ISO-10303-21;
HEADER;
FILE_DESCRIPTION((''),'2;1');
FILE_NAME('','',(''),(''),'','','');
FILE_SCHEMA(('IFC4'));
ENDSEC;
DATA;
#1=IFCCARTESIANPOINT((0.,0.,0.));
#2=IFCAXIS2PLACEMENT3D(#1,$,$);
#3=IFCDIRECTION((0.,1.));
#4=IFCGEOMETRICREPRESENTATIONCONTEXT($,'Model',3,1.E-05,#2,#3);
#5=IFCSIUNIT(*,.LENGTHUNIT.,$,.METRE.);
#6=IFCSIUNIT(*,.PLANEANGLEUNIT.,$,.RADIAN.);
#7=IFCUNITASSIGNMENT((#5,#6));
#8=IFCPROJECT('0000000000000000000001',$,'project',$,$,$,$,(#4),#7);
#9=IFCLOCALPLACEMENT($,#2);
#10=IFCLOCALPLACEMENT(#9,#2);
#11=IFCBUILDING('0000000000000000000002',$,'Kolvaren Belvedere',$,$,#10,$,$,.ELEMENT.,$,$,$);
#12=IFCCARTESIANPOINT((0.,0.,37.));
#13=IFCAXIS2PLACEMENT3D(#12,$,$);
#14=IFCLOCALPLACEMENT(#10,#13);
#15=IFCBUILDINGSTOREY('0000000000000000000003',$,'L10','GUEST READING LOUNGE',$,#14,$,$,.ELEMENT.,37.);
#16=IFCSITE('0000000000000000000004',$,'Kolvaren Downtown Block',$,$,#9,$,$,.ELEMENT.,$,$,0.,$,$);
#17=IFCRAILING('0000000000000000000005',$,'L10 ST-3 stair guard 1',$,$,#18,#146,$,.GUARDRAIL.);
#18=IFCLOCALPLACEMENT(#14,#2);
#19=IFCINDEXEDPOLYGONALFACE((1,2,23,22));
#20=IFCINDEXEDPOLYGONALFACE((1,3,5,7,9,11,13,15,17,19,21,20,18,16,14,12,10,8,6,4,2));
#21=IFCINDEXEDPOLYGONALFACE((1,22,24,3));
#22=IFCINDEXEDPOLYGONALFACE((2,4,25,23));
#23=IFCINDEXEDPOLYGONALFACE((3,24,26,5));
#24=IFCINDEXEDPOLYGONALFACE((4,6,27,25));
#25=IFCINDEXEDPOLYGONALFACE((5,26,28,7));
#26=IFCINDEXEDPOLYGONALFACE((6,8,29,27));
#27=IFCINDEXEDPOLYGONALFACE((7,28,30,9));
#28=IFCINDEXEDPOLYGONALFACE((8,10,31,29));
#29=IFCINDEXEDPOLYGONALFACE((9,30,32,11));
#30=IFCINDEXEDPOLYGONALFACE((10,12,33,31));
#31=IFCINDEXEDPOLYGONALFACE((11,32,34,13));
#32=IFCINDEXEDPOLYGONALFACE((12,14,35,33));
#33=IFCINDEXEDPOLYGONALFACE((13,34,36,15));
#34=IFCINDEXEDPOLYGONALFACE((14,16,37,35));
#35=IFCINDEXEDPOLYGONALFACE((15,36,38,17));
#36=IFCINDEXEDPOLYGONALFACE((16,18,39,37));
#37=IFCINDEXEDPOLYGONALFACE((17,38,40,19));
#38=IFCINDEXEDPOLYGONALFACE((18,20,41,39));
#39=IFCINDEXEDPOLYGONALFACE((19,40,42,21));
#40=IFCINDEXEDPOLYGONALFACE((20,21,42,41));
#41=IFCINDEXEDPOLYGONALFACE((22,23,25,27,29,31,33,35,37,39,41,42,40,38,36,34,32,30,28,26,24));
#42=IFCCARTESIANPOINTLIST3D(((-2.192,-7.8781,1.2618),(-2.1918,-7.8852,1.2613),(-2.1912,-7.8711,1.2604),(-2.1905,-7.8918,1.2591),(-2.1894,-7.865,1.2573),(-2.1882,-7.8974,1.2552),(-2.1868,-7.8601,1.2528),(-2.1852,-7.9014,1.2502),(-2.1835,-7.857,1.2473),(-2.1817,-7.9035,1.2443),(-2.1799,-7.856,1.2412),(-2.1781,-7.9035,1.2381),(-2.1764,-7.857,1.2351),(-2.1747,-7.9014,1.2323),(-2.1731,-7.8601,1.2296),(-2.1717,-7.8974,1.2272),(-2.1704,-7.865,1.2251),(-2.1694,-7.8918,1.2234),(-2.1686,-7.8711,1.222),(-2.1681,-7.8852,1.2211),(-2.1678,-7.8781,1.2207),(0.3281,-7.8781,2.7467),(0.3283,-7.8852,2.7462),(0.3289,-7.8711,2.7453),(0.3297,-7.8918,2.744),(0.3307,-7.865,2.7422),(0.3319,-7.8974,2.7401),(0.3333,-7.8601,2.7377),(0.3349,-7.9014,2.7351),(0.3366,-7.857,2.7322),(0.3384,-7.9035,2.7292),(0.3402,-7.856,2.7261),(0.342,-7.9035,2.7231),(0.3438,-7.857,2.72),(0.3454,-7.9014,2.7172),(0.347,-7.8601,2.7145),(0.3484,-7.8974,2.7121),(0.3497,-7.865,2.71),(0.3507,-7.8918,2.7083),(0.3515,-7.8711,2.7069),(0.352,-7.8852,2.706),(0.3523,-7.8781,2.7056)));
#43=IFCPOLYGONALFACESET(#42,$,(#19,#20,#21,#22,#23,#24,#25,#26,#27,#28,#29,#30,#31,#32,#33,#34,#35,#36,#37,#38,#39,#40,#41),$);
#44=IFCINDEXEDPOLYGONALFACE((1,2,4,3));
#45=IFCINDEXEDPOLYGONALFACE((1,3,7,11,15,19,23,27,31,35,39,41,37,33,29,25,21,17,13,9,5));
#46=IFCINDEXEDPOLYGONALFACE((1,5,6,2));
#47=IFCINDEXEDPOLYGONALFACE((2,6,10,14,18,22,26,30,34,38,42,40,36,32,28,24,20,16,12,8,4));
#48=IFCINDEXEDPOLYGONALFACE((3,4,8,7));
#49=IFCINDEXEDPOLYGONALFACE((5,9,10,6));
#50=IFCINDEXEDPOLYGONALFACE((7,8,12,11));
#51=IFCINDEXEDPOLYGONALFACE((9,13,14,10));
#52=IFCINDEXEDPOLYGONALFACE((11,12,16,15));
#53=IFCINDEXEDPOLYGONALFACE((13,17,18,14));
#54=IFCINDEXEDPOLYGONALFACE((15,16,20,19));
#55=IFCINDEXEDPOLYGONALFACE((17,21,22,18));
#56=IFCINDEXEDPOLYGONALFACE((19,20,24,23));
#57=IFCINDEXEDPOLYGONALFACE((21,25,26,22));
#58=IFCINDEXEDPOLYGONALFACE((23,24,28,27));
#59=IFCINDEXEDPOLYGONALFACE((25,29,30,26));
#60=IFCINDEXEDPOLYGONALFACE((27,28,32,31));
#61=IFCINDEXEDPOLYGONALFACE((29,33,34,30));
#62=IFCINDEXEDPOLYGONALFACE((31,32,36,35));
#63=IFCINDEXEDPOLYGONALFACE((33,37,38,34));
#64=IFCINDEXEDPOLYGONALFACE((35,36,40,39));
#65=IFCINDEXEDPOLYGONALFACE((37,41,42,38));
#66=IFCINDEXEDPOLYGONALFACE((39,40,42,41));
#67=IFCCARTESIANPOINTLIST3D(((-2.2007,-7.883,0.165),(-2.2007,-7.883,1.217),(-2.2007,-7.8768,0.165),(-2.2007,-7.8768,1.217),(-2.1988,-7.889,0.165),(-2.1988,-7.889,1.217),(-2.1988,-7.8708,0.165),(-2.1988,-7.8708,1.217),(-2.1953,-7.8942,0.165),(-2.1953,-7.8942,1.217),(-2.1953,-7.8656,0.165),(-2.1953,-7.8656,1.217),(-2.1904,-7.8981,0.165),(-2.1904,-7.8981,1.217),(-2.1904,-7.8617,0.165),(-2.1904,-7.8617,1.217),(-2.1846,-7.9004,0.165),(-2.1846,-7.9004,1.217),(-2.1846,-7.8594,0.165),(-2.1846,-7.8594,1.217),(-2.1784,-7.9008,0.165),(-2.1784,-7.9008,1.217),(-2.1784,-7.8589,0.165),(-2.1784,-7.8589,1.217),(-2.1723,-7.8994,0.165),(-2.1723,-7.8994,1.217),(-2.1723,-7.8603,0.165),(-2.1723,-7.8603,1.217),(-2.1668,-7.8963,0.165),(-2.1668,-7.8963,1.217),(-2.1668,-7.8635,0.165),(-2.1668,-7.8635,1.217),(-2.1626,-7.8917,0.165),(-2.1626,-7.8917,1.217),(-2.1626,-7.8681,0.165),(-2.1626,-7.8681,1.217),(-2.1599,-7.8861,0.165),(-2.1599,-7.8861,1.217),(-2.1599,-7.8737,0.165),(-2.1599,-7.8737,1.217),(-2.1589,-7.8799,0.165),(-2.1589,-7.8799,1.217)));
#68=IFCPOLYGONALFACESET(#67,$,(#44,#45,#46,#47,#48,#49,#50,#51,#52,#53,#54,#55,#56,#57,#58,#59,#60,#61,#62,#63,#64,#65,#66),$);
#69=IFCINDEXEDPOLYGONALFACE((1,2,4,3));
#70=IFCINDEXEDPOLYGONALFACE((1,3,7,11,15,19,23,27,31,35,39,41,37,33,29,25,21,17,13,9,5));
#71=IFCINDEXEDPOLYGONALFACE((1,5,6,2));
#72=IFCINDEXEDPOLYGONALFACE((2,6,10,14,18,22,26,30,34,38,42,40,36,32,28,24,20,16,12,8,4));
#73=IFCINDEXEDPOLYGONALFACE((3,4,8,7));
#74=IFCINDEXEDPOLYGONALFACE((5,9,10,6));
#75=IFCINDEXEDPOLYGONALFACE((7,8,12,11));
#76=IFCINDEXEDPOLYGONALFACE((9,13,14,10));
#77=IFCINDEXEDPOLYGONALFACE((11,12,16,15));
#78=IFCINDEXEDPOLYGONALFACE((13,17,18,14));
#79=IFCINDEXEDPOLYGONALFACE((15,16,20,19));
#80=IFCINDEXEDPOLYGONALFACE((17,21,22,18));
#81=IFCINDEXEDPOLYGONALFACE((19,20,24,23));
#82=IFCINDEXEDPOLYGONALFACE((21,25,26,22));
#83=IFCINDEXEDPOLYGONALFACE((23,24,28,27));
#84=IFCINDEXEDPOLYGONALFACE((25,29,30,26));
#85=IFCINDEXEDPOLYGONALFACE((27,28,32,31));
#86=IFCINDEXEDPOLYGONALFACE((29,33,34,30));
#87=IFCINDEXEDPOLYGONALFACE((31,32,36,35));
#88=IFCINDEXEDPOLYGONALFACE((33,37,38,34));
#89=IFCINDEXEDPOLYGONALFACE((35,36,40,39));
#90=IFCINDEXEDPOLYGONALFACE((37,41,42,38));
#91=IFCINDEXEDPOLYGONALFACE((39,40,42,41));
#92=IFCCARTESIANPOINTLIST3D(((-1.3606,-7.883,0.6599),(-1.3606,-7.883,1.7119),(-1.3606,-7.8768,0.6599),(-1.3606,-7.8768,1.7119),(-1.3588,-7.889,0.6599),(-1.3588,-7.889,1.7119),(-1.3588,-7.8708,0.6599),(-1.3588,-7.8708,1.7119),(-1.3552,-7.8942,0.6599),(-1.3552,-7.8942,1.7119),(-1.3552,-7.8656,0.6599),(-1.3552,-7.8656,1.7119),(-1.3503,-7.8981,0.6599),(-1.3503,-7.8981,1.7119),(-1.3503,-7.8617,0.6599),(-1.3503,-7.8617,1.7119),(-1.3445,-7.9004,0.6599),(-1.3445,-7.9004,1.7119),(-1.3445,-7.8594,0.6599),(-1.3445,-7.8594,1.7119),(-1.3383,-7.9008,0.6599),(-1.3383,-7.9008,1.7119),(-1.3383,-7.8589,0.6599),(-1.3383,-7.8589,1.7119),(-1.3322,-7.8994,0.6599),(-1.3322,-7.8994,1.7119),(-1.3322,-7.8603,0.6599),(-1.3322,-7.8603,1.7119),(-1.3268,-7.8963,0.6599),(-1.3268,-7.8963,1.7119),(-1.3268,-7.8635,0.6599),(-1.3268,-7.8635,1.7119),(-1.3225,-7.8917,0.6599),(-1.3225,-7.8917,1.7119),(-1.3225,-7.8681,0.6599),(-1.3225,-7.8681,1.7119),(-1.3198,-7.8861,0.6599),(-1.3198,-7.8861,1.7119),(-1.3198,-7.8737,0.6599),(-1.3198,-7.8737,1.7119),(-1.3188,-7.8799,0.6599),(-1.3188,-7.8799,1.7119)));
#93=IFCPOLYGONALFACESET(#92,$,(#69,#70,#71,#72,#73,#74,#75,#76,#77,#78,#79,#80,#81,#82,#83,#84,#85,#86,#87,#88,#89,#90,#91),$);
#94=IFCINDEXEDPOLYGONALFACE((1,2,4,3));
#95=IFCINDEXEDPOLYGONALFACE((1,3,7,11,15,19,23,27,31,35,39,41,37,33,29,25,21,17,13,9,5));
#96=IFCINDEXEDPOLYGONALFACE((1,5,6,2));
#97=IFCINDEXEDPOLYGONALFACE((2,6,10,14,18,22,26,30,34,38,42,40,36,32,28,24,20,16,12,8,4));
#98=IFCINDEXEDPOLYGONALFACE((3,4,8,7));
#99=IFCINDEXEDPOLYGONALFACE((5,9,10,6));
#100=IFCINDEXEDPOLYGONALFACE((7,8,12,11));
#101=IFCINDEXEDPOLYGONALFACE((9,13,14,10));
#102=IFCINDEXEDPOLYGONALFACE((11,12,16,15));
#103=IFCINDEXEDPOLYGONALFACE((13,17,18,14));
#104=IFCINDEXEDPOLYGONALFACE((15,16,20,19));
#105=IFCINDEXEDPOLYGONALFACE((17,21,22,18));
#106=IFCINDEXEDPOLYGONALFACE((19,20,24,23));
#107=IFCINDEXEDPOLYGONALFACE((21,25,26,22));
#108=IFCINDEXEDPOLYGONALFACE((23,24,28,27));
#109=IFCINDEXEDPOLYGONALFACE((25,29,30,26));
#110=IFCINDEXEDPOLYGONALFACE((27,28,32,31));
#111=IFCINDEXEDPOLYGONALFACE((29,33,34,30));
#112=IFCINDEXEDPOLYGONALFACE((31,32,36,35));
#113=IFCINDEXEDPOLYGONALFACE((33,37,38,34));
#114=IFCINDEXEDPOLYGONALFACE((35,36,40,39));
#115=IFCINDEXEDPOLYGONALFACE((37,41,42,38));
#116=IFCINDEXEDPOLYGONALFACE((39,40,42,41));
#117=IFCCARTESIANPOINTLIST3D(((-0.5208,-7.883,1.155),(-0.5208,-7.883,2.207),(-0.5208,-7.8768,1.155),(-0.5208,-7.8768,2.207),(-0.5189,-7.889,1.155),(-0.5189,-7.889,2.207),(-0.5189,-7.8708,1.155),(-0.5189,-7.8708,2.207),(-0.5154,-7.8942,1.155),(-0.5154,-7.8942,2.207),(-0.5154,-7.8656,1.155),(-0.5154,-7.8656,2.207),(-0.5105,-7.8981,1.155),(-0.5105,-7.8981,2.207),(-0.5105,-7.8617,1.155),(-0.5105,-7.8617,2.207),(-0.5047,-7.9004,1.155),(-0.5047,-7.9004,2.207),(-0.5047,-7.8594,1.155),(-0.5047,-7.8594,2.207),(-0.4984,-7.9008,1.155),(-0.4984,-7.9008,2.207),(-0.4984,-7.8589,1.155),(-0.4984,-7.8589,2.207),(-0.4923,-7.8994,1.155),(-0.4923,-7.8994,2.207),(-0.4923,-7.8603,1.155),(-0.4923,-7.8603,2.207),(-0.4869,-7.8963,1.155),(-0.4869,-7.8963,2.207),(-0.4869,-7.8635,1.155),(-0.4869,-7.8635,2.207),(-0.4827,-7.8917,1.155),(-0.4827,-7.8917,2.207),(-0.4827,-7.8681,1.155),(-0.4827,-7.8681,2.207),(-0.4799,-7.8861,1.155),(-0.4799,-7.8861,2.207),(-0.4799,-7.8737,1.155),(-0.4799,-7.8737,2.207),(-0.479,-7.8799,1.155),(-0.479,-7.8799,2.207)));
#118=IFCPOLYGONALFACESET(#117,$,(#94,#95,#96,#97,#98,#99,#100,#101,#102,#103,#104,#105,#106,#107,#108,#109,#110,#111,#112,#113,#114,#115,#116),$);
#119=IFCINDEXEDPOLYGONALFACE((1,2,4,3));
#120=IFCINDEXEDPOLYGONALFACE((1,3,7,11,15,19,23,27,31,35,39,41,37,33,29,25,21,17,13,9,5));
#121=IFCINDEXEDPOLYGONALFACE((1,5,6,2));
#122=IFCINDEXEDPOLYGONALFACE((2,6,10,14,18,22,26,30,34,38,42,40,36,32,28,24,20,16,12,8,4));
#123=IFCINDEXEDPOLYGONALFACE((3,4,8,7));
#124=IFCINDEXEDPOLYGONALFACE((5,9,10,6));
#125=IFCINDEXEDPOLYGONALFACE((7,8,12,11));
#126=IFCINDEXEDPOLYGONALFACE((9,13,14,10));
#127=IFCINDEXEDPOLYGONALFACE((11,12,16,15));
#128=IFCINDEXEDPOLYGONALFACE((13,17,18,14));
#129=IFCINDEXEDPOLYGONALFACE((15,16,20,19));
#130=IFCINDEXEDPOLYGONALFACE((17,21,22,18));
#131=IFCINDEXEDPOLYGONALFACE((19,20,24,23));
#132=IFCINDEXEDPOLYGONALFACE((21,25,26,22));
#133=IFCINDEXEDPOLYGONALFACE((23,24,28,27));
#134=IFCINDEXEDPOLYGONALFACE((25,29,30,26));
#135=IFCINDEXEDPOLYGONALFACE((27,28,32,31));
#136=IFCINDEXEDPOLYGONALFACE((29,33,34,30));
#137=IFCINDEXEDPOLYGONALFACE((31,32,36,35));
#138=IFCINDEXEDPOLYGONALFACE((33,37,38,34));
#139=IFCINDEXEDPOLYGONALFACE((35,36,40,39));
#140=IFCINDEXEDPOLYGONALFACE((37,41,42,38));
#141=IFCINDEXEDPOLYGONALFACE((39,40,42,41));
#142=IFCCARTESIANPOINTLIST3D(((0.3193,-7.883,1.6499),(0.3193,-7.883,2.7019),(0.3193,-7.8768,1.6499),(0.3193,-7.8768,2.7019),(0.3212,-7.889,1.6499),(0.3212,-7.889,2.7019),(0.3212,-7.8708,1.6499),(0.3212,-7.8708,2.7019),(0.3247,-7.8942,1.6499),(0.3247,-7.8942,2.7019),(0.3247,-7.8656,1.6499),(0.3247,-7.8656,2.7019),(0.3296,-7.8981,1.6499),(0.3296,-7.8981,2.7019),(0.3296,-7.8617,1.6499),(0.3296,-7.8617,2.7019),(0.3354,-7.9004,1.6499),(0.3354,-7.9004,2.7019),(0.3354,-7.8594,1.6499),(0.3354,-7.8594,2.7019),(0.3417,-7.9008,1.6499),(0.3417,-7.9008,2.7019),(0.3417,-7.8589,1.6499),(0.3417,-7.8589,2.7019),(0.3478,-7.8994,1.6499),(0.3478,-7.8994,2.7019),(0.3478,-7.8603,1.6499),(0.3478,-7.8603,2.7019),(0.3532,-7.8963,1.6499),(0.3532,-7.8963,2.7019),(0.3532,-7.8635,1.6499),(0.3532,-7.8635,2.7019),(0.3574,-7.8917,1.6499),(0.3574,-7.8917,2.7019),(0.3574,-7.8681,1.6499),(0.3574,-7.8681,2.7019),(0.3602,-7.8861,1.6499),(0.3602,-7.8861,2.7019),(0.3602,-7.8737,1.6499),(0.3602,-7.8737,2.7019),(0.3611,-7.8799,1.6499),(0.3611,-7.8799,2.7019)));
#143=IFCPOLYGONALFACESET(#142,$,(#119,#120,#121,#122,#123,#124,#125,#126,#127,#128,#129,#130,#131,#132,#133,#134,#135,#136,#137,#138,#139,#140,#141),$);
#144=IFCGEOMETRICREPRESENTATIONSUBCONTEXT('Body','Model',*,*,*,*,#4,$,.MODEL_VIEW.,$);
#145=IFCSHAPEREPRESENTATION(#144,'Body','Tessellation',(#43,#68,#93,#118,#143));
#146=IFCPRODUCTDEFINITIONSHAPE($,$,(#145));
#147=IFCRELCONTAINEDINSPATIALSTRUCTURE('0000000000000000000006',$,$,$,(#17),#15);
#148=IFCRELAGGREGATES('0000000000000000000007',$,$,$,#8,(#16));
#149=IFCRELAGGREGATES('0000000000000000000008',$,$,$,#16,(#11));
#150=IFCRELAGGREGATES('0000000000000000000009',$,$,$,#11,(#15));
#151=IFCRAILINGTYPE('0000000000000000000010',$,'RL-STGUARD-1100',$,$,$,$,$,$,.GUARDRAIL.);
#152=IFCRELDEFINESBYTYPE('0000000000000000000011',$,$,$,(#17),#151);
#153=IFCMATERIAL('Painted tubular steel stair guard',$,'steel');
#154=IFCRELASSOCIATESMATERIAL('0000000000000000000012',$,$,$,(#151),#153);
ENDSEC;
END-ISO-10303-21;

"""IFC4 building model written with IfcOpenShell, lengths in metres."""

from ifc_helpers import new_model, si_unit, direction, frame, origin, origin_2d, place, context, subcontext, project, spatial, circle, extrude, material, type_object, element, save


model = new_model("IFC4")

# Units and contexts
model_context = context("Model", 3, precision=1e-05, world=origin(), true_north=direction((0.0, 1.0)))
body_context = subcontext(model_context, "Body", "Model", "MODEL_VIEW")
ifc_project = project(units=[si_unit("LENGTHUNIT", "METRE"), si_unit("PLANEANGLEUNIT", "RADIAN")], contexts=[model_context])

# Site, building, storey
site_placement = place(None, origin())
site = spatial("IfcSite", under=ifc_project, at=site_placement, Name="Kolvaren Downtown Block", CompositionType="ELEMENT", RefElevation=0.0)
building_placement = place(site_placement, origin())
building = spatial("IfcBuilding", under=site, at=building_placement, Name="Kolvaren Belvedere", CompositionType="ELEMENT")
storey_placement = place(building_placement, frame((0.0, 0.0, 37.0)))
storey = spatial("IfcBuildingStorey", under=building, at=storey_placement, Name="L10", Description="GUEST READING LOUNGE", CompositionType="ELEMENT", Elevation=37.0)

# Railing
ifc_material_1 = material(Name="Painted tubular steel stair guard", Category="steel")
railing_type_1 = type_object("IfcRailingType", Name="RL-STGUARD-1100", PredefinedType="GUARDRAIL", material=ifc_material_1)
railing_1_placement = place(storey_placement, frame((-2.1799, -7.8799, 0.165)))
element("IfcRailing", 1, at=railing_1_placement, inside=storey, type_object=railing_type_1, Name="L10 ST-3 stair guard 1", PredefinedType="GUARDRAIL", context=body_context, shape_type="SweptSolid", body=[
    extrude(circle(Radius=0.0239, at=origin_2d()), frame((0.0, 0.0, 1.0762), z_axis=(0.861561, 0.0, 0.507655), x_axis=(0.0, 1.0, 0.0)), (0.0, 0.0, 1.0), 2.925),
    extrude(circle(Radius=0.021, at=origin_2d()), origin(), (0.0, 0.0, 1.0), 1.052),
    extrude(circle(Radius=0.021, at=origin_2d()), frame((0.8401, 0.0, 0.4949)), (0.0, 0.0, 1.0), 1.052),
    extrude(circle(Radius=0.021, at=origin_2d()), frame((1.6799, 0.0, 0.99)), (0.0, 0.0, 1.0), 1.052),
    extrude(circle(Radius=0.021, at=origin_2d()), frame((2.52, 0.0, 1.4849)), (0.0, 0.0, 1.0), 1.052),
])

save(model, "model.ifc")
